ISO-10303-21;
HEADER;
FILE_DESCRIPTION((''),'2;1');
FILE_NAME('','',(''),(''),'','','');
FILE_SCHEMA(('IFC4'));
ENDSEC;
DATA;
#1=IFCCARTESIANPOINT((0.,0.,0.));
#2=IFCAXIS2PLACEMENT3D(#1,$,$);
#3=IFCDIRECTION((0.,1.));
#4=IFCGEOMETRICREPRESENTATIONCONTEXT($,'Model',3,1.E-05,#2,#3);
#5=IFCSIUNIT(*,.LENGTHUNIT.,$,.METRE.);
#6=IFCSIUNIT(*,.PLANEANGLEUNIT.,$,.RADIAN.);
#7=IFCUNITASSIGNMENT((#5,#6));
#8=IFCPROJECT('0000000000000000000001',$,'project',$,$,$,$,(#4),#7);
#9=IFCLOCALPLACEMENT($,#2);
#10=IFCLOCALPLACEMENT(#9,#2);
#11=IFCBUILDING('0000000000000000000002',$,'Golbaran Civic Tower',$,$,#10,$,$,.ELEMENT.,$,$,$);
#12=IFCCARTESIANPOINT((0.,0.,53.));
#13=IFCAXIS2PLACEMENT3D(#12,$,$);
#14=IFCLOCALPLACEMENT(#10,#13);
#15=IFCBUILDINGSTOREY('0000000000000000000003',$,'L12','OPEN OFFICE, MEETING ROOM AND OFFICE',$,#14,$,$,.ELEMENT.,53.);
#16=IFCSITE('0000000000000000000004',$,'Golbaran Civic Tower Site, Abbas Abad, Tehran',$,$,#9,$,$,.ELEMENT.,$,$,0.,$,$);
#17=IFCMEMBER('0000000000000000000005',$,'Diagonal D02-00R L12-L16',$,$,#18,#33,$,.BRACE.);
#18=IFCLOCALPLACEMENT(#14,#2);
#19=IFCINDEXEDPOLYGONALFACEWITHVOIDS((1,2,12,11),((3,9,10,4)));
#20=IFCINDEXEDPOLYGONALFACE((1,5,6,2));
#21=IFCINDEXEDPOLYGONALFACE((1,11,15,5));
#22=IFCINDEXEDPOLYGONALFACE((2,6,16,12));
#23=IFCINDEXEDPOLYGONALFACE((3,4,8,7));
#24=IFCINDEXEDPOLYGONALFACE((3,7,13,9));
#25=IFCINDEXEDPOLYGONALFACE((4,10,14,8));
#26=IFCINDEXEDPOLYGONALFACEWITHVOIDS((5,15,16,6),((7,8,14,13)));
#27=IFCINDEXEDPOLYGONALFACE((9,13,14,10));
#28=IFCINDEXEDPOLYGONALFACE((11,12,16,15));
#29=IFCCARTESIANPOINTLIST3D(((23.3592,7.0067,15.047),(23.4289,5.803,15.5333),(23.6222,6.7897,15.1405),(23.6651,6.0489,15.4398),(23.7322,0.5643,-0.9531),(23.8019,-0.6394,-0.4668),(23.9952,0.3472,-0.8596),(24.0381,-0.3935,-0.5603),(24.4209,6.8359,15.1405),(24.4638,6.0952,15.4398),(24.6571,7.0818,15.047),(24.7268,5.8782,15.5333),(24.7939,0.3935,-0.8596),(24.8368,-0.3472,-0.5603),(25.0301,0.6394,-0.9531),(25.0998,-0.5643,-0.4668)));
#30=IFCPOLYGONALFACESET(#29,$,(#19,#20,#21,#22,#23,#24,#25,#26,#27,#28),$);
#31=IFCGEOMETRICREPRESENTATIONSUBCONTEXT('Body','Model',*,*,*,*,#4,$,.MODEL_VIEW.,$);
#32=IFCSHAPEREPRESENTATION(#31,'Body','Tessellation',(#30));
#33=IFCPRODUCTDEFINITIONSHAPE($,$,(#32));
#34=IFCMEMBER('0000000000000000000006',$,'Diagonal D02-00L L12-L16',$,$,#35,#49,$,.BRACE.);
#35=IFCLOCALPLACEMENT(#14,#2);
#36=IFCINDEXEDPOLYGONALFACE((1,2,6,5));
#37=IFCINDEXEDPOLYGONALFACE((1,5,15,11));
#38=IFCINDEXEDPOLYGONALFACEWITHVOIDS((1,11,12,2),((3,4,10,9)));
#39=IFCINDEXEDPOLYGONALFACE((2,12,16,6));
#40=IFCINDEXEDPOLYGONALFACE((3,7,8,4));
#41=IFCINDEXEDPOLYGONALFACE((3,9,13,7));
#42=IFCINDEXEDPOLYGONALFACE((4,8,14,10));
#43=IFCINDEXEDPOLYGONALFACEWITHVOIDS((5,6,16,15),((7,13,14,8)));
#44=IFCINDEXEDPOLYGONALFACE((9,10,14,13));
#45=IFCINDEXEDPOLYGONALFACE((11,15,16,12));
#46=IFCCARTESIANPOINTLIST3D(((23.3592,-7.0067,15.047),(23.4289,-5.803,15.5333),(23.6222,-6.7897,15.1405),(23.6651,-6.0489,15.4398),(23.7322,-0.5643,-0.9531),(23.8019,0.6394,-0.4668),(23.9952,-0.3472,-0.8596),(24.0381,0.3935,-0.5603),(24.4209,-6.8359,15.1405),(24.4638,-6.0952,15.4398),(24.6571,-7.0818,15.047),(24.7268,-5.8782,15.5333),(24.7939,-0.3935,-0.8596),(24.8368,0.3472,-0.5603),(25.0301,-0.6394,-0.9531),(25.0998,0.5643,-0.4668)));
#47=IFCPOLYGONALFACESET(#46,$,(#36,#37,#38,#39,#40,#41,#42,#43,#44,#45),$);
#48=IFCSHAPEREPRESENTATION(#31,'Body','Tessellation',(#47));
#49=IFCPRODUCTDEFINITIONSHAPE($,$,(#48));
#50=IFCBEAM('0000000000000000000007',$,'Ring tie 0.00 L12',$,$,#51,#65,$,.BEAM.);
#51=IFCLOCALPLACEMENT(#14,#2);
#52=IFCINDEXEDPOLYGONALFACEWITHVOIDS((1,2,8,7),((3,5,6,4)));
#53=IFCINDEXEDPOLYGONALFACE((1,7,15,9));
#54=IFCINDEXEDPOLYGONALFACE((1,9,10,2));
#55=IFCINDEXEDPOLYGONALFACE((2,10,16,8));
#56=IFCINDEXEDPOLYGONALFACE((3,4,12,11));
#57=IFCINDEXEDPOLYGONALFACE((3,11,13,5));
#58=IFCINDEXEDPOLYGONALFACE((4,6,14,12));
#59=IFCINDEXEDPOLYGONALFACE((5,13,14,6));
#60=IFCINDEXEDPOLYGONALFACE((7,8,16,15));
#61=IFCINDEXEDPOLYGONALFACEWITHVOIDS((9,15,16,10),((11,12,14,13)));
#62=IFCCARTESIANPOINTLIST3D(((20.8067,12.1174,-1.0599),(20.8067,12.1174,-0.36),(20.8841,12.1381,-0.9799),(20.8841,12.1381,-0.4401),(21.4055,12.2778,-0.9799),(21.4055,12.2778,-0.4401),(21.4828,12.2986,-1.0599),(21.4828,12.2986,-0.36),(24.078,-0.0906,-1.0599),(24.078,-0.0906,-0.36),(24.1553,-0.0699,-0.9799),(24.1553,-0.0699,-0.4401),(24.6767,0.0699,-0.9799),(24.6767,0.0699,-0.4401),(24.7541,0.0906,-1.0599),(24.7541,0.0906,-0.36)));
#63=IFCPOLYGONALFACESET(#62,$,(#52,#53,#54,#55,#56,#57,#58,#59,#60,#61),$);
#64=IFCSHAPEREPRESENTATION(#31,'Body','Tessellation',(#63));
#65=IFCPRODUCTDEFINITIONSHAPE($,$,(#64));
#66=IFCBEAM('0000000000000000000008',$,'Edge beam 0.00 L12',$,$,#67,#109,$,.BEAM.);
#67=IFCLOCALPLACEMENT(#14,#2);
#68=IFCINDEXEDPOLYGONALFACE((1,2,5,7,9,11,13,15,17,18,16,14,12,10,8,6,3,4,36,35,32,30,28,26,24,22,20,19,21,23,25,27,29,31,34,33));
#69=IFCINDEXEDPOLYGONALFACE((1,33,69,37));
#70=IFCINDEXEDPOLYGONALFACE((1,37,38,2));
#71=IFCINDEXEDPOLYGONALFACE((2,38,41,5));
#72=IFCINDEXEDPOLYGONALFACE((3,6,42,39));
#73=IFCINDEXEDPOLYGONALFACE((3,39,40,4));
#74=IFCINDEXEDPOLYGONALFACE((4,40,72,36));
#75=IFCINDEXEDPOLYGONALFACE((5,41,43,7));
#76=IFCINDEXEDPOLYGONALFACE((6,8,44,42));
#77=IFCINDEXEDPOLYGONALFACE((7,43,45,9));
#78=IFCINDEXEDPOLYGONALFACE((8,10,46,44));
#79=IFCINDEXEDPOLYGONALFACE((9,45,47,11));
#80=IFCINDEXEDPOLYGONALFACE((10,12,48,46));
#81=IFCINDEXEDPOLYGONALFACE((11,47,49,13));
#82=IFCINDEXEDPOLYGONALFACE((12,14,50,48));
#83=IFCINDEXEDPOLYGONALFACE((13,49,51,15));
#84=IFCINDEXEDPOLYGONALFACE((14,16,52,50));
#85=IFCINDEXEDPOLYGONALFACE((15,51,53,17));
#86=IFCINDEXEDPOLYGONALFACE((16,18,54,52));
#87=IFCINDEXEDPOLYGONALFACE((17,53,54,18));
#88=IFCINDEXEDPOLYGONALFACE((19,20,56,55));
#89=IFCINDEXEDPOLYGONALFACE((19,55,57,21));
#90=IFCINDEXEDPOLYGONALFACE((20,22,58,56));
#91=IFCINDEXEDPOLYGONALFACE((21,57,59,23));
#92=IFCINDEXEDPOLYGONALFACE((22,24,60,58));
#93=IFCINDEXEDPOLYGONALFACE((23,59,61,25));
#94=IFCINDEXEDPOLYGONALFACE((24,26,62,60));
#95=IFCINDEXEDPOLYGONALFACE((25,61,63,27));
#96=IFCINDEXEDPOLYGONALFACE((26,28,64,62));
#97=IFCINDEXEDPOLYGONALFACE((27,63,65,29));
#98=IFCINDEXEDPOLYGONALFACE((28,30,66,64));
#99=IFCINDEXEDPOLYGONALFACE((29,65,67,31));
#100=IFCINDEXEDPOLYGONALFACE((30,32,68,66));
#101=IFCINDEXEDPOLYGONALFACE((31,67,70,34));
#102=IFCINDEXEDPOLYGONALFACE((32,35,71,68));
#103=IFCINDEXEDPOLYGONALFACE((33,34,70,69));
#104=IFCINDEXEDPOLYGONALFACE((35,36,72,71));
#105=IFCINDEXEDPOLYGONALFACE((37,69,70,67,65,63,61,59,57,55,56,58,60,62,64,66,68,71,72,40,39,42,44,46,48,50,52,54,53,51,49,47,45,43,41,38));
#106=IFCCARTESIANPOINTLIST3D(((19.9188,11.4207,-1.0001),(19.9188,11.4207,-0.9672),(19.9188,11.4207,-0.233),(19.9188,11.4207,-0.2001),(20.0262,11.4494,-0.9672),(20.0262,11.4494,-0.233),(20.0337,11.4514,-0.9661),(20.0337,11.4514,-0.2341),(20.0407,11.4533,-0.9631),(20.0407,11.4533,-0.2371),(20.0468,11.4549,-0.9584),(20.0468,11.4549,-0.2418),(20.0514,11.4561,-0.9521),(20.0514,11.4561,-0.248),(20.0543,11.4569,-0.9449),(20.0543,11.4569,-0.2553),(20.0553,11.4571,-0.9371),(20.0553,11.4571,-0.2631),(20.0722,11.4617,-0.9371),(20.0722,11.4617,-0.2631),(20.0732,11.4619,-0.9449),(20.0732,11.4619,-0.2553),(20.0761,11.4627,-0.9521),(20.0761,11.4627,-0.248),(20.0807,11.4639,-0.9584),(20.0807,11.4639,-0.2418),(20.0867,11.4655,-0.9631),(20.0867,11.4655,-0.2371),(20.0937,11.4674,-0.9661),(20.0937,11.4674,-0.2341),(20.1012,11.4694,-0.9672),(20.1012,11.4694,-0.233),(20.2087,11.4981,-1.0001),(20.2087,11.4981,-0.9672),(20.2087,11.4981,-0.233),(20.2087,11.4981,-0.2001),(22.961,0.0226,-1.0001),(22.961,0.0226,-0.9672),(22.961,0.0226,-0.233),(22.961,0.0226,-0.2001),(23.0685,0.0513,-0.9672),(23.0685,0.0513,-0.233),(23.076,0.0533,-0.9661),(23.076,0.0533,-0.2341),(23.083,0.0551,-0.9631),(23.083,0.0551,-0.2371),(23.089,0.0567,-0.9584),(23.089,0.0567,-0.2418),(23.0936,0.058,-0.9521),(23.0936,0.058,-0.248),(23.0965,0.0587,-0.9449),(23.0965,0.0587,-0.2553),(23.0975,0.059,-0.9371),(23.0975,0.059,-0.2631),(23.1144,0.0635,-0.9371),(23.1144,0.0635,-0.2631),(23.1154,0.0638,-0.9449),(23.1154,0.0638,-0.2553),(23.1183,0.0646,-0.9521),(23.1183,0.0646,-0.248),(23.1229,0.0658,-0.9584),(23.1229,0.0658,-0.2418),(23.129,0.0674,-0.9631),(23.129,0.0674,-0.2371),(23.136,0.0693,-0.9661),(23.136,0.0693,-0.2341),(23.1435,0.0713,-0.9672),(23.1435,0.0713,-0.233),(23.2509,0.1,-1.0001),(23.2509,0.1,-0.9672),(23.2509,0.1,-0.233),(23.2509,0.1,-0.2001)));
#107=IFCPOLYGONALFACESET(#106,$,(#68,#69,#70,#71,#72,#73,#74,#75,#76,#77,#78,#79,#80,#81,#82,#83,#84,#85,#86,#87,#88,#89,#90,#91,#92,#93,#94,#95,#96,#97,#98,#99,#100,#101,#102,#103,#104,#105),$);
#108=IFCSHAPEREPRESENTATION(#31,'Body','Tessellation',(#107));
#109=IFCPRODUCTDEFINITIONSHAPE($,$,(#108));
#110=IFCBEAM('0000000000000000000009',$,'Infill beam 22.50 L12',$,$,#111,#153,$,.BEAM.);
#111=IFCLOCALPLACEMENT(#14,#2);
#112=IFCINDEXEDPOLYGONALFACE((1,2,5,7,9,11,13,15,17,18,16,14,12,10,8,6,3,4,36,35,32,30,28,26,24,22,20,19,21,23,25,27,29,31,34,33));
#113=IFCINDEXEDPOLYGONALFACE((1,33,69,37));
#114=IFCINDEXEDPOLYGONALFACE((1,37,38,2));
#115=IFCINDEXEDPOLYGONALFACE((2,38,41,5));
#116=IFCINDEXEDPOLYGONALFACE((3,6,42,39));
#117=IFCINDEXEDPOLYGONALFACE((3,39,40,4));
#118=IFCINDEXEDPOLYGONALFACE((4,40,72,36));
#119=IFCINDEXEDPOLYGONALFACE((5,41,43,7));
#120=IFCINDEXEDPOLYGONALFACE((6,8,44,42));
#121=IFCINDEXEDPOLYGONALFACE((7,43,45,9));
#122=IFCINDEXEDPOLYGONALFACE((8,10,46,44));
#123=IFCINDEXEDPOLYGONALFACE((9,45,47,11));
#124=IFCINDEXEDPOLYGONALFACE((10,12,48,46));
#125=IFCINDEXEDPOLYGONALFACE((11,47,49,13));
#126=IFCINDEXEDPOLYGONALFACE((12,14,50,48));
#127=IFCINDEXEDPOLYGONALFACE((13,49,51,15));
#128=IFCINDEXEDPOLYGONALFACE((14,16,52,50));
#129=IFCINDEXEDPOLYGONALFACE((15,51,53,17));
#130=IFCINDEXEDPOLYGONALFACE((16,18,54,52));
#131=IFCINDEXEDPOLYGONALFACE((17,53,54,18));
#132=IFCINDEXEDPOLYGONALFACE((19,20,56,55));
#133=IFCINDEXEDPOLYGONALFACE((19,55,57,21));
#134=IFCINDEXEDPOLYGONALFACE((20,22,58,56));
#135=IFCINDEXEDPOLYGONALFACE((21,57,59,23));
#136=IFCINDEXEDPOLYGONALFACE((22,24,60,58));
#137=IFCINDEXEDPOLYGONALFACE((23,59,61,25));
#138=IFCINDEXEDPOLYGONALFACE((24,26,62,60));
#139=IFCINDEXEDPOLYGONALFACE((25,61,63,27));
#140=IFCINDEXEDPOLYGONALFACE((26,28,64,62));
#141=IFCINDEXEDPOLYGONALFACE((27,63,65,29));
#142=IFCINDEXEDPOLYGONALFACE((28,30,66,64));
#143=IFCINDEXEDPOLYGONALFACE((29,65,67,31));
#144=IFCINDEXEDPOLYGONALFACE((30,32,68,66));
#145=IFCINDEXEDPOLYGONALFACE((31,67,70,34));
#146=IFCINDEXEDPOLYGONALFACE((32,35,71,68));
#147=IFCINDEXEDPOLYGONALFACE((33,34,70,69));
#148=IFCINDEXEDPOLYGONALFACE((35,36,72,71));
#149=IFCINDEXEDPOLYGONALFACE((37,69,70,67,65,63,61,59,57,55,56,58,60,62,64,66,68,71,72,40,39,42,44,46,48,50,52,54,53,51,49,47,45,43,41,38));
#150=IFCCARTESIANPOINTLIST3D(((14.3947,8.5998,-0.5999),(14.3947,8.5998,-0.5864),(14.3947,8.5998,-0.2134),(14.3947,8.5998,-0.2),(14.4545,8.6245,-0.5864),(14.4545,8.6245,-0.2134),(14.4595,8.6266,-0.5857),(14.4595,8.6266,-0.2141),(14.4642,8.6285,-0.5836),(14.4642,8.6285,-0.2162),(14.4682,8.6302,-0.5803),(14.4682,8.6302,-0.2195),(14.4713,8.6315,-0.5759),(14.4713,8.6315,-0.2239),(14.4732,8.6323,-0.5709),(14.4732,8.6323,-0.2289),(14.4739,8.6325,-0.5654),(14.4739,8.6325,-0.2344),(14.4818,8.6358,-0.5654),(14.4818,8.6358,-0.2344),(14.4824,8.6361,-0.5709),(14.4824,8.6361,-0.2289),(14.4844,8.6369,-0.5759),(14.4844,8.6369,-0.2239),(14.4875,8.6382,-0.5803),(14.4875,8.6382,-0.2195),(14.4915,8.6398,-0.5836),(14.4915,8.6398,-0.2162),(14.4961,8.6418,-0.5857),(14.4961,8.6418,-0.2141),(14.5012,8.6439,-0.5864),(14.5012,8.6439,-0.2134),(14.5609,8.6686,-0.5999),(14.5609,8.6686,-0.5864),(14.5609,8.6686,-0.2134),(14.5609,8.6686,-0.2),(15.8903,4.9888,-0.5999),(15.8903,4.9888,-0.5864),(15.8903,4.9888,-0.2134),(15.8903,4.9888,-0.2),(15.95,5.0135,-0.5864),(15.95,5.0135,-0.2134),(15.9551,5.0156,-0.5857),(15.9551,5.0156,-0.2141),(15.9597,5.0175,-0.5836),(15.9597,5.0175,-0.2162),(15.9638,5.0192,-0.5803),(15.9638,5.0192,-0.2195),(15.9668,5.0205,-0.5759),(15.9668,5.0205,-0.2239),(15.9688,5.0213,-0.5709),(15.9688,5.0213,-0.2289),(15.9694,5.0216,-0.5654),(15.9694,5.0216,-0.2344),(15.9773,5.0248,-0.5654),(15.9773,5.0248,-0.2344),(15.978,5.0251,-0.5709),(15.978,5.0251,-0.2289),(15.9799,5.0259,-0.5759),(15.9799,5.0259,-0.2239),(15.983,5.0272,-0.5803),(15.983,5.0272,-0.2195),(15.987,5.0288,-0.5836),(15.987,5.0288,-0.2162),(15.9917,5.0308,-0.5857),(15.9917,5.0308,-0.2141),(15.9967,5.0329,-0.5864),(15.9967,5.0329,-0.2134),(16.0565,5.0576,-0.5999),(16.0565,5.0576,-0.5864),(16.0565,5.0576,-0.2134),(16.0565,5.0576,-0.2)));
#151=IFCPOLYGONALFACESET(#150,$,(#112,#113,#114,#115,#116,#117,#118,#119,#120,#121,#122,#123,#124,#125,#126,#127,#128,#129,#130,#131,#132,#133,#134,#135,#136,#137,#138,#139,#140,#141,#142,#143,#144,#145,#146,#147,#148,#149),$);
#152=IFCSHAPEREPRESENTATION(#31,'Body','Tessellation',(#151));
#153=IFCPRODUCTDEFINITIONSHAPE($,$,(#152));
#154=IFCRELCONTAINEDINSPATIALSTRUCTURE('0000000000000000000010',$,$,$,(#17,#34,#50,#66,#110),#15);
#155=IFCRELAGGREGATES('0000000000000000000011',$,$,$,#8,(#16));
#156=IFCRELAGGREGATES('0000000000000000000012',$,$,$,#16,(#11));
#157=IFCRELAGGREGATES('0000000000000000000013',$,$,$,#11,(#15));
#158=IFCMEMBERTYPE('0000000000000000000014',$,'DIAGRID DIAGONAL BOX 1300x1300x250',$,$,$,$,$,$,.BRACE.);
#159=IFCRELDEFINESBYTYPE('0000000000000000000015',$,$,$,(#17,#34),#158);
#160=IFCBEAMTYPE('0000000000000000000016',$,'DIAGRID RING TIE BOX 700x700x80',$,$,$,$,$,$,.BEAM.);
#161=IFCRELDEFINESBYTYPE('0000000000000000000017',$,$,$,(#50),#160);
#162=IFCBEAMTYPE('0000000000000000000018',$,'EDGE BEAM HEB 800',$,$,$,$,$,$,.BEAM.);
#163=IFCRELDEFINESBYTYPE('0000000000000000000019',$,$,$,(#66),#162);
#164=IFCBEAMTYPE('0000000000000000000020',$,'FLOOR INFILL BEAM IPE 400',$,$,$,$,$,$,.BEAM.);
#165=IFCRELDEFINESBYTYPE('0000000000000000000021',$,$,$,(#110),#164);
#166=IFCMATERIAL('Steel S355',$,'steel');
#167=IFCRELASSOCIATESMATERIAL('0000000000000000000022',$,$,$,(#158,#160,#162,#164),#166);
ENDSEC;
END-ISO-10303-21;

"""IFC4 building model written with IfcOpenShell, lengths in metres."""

from ifc_helpers import new_model, si_unit, direction, frame, origin, origin_2d, place, context, subcontext, project, spatial, hollow_rectangle, i_section, extrude, material, material_profile, profile_set, type_object, element, save


model = new_model("IFC4")

# Units and contexts
model_context = context("Model", 3, precision=1e-05, world=origin(), true_north=direction((0.0, 1.0)))
body_context = subcontext(model_context, "Body", "Model", "MODEL_VIEW")
ifc_project = project(units=[si_unit("LENGTHUNIT", "METRE"), si_unit("PLANEANGLEUNIT", "RADIAN")], contexts=[model_context])

# Site, building, storey
site_placement = place(None, origin())
site = spatial("IfcSite", under=ifc_project, at=site_placement, Name="Golbaran Civic Tower Site, Abbas Abad, Tehran", CompositionType="ELEMENT", RefElevation=0.0)
building_placement = place(site_placement, origin())
building = spatial("IfcBuilding", under=site, at=building_placement, Name="Golbaran Civic Tower", CompositionType="ELEMENT")
storey_placement = place(building_placement, frame((0.0, 0.0, 53.0)))
storey = spatial("IfcBuildingStorey", under=building, at=storey_placement, Name="L12", Description="OPEN OFFICE, MEETING ROOM AND OFFICE", CompositionType="ELEMENT", Elevation=53.0)

# Members
ifc_material_1 = material(Name="Steel S355", Category="steel")
ifc_material_profile_1 = material_profile(ifc_material_1, hollow_rectangle(XDim=1.3, YDim=1.3, WallThickness=0.25, at=origin_2d()), Name="BOX 1300x1300x250")
ifc_profile_set_1 = profile_set([ifc_material_profile_1], Name="Steel S355")
member_type_1 = type_object("IfcMemberType", Name="DIAGRID DIAGONAL BOX 1300x1300x250", PredefinedType="BRACE", material=ifc_profile_set_1)
for number, where, z_axis, x_axis, name in (
    (1, (24.416, 0.0, -0.71), (-0.021623, 0.373421, 0.92741), (-0.998328, -0.057808, 0.0), "Diagonal D02-00R L12-L16"),
    (2, (24.416, 0.0, -0.71), (-0.021623, -0.373421, 0.92741), (0.998328, -0.057808, 0.0), "Diagonal D02-00L L12-L16"),
):
    element("IfcMember", number, at=place(storey_placement, frame(where, z_axis=z_axis, x_axis=x_axis)), inside=storey, type_object=member_type_1, Name=name, PredefinedType="BRACE", context=body_context, shape_type="SweptSolid", body=[
        extrude(hollow_rectangle(XDim=1.3, YDim=1.3, WallThickness=0.25, at=origin_2d()), origin(), (0.0, 0.0, 1.0), 17.2524),
    ])

# Beams
ifc_material_profile_2 = material_profile(ifc_material_1, hollow_rectangle(XDim=0.7, YDim=0.7, WallThickness=0.0801, at=origin_2d()), Name="BOX 700x700x80")
ifc_profile_set_2 = profile_set([ifc_material_profile_2], Name="Steel S355")
beam_type_1 = type_object("IfcBeamType", Name="DIAGRID RING TIE BOX 700x700x80", PredefinedType="BEAM", material=ifc_profile_set_2)
beam_1_placement = place(storey_placement, frame((24.416, 0.0, -0.71), z_axis=(-0.258827, 0.965924, 0.0), x_axis=(-0.965924, -0.258827, 0.0)))
element("IfcBeam", 3, at=beam_1_placement, inside=storey, type_object=beam_type_1, Name="Ring tie 0.00 L12", PredefinedType="BEAM", context=body_context, shape_type="SweptSolid", body=[
    extrude(hollow_rectangle(XDim=0.7, YDim=0.7, WallThickness=0.0801, at=origin_2d()), origin(), (0.0, 0.0, 1.0), 12.6387),
])
ifc_material_profile_3 = material_profile(ifc_material_1, i_section(OverallWidth=0.3, OverallDepth=0.8, WebThickness=0.0176, FlangeThickness=0.033, FilletRadius=0.03, at=origin_2d()), Name="HEB 800")
ifc_profile_set_3 = profile_set([ifc_material_profile_3], Name="Steel S355")
beam_type_2 = type_object("IfcBeamType", Name="EDGE BEAM HEB 800", PredefinedType="BEAM", material=ifc_profile_set_3)
beam_2_placement = place(storey_placement, frame((23.106, 0.0613, -0.6001), z_axis=(-0.257878, 0.966178, 0.0), x_axis=(-0.966178, -0.257878, 0.0)))
element("IfcBeam", 4, at=beam_2_placement, inside=storey, type_object=beam_type_2, Name="Edge beam 0.00 L12", PredefinedType="BEAM", context=body_context, shape_type="SweptSolid", body=[
    extrude(i_section(OverallWidth=0.3, OverallDepth=0.8, WebThickness=0.0176, FlangeThickness=0.033, FilletRadius=0.03, at=origin_2d()), origin(), (0.0, 0.0, 1.0), 11.7971),
])
ifc_material_profile_4 = material_profile(ifc_material_1, i_section(OverallWidth=0.1799, OverallDepth=0.3999, WebThickness=0.0085, FlangeThickness=0.0134, FilletRadius=0.021, at=origin_2d()), Name="IPE 400")
ifc_profile_set_4 = profile_set([ifc_material_profile_4], Name="Steel S355")
beam_type_3 = type_object("IfcBeamType", Name="FLOOR INFILL BEAM IPE 400", PredefinedType="BEAM", material=ifc_profile_set_4)
beam_3_placement = place(storey_placement, frame((15.9734, 5.0232, -0.3999), z_axis=(-0.38265, 0.923894, 0.0), x_axis=(-0.923894, -0.38265, 0.0)))
element("IfcBeam", 5, at=beam_3_placement, inside=storey, type_object=beam_type_3, Name="Infill beam 22.50 L12", PredefinedType="BEAM", context=body_context, shape_type="SweptSolid", body=[
    extrude(i_section(OverallWidth=0.1799, OverallDepth=0.3999, WebThickness=0.0085, FlangeThickness=0.0134, FilletRadius=0.021, at=origin_2d()), origin(), (0.0, 0.0, 1.0), 3.9084),
])

save(model, "model.ifc")
